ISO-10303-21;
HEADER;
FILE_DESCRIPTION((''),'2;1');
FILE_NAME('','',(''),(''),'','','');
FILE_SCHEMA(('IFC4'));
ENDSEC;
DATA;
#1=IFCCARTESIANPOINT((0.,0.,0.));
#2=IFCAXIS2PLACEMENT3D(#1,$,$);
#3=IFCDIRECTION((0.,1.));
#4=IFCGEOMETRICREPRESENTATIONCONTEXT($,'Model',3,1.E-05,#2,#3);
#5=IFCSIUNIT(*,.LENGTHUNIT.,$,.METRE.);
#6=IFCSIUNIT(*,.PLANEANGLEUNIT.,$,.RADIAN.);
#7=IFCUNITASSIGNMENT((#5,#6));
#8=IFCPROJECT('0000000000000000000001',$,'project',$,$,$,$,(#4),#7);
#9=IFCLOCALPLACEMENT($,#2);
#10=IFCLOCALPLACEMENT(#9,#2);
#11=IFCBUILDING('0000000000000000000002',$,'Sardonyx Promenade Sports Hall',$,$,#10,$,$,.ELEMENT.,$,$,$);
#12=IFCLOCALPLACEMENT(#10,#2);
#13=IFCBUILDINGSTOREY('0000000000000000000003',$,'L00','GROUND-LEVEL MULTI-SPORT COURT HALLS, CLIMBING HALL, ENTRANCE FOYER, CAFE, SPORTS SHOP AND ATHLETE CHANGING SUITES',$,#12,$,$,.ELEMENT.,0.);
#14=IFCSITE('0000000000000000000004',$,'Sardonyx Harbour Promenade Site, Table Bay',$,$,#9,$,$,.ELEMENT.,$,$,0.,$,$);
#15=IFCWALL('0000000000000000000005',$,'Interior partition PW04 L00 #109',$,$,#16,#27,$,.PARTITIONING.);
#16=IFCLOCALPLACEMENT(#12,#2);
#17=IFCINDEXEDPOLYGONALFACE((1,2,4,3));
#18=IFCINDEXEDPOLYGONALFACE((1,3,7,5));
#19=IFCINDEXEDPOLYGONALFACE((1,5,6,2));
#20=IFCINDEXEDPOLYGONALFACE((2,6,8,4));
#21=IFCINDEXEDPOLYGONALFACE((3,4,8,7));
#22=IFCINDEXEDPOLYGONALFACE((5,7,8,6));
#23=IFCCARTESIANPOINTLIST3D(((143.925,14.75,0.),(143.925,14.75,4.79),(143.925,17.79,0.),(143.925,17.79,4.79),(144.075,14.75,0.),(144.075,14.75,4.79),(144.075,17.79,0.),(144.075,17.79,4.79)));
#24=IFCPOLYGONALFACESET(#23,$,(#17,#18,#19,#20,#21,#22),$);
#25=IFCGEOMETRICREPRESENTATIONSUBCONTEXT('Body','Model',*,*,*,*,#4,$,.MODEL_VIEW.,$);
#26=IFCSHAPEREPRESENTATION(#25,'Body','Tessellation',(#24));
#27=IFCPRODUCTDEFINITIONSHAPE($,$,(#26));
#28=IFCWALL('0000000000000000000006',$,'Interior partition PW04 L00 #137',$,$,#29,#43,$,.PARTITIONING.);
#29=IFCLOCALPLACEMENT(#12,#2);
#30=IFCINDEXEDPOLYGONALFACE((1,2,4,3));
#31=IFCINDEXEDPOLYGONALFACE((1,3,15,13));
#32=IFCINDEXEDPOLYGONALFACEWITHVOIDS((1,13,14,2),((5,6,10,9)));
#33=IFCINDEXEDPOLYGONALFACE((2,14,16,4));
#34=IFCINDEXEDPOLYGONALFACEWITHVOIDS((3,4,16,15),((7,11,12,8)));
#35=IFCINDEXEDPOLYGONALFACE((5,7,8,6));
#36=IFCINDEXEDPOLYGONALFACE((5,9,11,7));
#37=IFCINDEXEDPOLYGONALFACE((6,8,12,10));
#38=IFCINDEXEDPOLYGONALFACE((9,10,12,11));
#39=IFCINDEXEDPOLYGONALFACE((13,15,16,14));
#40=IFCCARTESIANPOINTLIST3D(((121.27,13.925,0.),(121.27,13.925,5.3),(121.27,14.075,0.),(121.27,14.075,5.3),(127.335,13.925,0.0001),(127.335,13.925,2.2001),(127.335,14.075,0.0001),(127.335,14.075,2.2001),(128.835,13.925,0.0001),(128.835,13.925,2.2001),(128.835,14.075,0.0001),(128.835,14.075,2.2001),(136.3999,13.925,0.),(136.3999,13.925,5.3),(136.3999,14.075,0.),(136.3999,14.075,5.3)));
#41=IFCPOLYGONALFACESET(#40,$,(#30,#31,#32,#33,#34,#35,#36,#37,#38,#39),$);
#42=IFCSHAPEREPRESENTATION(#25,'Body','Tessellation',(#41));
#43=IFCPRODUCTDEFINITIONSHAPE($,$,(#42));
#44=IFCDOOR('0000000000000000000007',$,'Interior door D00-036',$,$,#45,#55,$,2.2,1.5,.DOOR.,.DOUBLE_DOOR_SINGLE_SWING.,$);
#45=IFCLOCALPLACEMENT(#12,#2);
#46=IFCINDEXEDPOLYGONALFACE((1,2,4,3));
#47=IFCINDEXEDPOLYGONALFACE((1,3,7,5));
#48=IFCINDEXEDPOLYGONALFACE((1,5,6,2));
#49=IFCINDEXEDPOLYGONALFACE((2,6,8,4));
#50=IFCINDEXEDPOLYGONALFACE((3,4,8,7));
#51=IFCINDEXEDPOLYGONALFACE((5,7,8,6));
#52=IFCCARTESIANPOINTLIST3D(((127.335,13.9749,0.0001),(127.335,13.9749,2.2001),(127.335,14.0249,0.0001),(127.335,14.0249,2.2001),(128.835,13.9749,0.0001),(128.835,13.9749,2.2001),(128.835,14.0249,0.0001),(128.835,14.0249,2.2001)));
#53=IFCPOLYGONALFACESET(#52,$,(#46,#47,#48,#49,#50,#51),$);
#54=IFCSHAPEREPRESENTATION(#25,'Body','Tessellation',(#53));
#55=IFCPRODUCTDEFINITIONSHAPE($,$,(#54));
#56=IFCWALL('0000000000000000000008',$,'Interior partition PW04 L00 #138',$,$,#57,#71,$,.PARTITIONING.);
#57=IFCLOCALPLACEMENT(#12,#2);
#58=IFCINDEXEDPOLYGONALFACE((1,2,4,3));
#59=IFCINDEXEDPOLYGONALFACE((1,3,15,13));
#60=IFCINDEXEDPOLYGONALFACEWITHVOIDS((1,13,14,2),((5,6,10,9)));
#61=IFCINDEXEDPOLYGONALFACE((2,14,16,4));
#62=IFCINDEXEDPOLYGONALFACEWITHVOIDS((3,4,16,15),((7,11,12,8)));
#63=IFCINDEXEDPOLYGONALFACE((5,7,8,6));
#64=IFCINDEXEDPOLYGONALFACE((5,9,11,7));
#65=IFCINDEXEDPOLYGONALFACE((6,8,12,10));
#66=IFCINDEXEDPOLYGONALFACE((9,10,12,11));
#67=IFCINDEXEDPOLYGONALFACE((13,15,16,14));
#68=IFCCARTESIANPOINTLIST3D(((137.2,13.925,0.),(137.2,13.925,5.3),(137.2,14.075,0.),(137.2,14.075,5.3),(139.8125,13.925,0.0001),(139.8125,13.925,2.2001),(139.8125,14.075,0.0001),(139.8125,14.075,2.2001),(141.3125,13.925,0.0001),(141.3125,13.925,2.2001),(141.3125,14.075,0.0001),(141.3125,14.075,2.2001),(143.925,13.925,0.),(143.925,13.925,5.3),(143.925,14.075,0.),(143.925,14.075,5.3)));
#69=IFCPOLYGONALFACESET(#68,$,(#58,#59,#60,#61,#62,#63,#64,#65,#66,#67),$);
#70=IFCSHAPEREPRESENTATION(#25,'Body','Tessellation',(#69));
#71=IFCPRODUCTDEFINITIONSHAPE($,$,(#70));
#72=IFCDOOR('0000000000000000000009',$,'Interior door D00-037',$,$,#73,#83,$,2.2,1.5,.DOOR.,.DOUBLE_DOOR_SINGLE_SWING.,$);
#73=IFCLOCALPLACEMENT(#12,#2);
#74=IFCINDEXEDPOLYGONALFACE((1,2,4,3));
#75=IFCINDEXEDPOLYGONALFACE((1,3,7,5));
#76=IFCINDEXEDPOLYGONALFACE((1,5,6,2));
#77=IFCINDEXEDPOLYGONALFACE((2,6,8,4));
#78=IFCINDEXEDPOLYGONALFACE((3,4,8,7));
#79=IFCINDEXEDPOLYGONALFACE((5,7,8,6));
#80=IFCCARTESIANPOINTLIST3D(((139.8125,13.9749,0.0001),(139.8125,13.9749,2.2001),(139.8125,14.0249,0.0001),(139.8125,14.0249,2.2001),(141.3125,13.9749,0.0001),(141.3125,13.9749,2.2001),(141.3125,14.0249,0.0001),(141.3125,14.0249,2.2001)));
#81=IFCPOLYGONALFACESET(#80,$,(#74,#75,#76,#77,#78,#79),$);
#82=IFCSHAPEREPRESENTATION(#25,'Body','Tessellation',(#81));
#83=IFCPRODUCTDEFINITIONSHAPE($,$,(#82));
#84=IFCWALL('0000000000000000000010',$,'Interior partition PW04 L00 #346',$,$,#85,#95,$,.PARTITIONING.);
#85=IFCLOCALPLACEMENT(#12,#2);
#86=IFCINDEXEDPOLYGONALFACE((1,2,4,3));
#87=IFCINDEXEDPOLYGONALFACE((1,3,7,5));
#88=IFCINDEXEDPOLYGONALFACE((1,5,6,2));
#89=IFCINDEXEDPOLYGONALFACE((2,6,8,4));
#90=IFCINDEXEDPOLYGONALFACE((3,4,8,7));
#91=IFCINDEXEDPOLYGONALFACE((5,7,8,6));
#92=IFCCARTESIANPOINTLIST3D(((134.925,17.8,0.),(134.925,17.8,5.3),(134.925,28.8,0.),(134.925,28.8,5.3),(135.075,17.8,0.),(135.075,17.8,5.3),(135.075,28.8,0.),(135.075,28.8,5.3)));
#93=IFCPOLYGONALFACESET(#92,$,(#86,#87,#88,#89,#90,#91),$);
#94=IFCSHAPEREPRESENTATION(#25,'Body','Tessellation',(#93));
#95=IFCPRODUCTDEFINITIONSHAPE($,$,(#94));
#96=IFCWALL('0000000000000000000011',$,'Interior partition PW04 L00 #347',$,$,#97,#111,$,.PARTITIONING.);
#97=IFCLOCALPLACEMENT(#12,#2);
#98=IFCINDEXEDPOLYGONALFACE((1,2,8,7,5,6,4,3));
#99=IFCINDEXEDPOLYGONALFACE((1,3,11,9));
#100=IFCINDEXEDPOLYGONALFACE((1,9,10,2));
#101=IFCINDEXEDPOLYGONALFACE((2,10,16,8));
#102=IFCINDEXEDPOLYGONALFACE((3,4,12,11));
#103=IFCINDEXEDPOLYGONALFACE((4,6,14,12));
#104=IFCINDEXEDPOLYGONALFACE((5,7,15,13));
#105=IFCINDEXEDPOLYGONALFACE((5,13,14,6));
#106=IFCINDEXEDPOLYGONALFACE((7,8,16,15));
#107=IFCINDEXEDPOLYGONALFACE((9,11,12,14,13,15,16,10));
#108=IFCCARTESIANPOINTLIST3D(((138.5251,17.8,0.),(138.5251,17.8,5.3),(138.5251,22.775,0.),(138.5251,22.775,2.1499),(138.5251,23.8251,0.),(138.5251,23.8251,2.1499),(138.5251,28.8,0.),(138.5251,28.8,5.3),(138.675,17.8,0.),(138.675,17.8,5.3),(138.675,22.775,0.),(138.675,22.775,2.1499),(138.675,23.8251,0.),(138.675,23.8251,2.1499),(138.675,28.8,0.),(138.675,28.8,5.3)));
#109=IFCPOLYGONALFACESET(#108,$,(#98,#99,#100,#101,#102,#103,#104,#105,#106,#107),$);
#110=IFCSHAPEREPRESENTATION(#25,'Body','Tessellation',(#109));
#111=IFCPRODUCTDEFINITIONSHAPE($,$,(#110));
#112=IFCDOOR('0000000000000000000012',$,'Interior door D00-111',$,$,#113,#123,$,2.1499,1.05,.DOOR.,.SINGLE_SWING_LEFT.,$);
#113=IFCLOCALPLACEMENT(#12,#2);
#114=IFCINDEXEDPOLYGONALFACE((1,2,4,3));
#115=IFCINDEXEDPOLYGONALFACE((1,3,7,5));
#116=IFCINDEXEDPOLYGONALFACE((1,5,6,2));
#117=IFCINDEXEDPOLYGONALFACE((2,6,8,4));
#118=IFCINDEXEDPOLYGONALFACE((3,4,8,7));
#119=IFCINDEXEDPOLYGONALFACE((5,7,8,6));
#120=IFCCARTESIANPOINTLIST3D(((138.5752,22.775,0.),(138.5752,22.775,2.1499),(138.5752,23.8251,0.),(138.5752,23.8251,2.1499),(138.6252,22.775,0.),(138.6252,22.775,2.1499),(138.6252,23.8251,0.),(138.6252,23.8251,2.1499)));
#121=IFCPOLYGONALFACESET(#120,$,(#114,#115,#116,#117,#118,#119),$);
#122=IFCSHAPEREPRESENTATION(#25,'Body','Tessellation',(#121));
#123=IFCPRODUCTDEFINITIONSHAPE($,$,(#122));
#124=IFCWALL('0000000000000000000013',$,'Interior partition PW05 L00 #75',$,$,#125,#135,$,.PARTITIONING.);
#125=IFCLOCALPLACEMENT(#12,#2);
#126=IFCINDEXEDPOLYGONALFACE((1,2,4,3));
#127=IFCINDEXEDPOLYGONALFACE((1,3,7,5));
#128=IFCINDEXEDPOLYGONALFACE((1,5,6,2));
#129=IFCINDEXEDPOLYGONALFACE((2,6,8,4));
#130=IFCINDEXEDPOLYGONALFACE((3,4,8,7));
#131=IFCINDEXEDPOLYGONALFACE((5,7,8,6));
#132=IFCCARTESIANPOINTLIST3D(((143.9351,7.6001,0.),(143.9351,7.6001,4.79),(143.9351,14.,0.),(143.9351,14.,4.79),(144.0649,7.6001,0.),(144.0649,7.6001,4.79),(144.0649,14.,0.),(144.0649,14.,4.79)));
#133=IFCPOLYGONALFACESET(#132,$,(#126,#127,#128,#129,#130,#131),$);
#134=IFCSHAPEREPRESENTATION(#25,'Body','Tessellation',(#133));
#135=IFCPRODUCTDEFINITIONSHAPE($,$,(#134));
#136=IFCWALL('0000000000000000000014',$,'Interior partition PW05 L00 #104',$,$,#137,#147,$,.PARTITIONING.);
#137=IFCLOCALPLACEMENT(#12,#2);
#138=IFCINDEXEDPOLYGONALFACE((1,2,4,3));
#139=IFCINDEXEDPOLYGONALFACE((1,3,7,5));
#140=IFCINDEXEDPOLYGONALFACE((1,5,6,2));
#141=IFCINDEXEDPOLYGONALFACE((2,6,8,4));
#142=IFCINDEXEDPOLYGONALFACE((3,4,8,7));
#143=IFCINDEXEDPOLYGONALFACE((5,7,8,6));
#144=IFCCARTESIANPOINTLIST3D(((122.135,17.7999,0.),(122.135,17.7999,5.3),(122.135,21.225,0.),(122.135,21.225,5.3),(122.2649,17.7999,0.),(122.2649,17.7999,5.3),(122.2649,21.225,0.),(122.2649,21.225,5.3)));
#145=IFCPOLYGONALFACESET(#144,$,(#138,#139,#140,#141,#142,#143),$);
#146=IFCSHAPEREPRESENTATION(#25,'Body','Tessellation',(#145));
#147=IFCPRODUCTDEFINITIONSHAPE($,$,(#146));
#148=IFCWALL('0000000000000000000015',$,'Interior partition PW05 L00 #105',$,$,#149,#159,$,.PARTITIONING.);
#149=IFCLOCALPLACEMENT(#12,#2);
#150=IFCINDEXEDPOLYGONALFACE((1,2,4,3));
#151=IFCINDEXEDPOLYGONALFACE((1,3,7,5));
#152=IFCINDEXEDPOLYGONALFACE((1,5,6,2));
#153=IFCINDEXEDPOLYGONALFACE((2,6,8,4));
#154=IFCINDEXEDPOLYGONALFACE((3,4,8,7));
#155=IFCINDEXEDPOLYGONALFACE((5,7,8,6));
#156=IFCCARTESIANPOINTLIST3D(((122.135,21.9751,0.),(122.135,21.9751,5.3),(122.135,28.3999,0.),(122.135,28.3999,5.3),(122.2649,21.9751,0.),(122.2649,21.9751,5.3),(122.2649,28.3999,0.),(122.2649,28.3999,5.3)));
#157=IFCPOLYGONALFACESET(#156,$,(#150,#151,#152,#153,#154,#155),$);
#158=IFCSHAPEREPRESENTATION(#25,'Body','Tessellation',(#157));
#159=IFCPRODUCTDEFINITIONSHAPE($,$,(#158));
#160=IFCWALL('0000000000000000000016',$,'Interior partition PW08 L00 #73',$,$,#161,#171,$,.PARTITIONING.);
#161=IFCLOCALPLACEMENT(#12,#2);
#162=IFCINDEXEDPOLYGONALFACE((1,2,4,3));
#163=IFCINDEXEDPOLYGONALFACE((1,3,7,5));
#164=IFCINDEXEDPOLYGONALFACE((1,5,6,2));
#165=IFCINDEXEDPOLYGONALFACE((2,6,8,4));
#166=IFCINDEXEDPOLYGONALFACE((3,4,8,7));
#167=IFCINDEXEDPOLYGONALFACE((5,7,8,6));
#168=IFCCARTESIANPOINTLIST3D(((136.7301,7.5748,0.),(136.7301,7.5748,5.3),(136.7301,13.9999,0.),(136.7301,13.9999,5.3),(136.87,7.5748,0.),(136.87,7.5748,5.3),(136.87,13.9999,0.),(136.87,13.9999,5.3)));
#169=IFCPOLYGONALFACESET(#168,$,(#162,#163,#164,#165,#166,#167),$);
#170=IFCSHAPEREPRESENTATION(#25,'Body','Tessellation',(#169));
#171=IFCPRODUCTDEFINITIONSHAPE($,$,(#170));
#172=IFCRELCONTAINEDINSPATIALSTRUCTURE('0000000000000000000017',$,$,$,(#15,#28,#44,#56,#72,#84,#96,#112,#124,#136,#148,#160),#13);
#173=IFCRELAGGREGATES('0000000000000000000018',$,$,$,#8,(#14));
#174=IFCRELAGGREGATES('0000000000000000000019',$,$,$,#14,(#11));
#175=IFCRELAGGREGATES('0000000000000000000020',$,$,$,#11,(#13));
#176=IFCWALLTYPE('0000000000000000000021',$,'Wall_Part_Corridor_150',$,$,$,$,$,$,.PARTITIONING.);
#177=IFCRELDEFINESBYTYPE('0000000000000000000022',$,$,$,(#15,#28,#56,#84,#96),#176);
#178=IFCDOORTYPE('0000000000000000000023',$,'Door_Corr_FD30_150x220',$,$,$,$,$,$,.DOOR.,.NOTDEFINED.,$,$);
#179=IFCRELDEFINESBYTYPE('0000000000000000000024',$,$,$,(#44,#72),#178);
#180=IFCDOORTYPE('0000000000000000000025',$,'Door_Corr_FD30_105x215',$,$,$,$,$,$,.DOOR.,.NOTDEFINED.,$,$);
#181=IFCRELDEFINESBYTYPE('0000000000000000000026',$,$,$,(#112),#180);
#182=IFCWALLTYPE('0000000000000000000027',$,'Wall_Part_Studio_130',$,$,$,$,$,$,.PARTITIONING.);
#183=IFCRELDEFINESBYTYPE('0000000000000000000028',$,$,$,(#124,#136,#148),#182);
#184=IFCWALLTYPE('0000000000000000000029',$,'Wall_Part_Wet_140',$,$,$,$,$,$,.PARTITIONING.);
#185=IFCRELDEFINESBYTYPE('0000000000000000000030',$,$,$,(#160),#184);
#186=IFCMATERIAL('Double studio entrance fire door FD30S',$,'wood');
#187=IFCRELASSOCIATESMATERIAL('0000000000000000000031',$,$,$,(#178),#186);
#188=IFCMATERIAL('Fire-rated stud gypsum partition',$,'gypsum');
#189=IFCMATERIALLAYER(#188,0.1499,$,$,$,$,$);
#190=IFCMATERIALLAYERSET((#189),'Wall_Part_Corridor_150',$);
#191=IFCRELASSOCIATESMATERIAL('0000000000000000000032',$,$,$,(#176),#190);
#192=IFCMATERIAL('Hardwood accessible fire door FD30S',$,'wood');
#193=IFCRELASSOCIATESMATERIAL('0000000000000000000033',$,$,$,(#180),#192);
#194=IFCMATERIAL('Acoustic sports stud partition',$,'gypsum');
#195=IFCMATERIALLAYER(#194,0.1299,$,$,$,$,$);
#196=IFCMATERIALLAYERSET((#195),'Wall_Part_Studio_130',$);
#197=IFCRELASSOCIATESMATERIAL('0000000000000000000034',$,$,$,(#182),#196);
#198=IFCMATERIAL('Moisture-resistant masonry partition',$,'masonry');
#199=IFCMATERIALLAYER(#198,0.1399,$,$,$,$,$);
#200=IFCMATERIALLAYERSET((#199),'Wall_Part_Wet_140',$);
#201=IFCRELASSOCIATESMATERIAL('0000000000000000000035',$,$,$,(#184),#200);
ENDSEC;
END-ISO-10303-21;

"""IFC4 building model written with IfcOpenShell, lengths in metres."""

from ifc_helpers import new_model, si_unit, direction, frame, frame_2d, origin, place, context, subcontext, project, spatial, rectangle, extrude, material, layer, layer_set, type_object, element, fill, save


model = new_model("IFC4")

# Units and contexts
model_context = context("Model", 3, precision=1e-05, world=origin(), true_north=direction((0.0, 1.0)))
body_context = subcontext(model_context, "Body", "Model", "MODEL_VIEW")
ifc_project = project(units=[si_unit("LENGTHUNIT", "METRE"), si_unit("PLANEANGLEUNIT", "RADIAN")], contexts=[model_context])

# Site, building, storey
site_placement = place(None, origin())
site = spatial("IfcSite", under=ifc_project, at=site_placement, Name="Sardonyx Harbour Promenade Site, Table Bay", CompositionType="ELEMENT", RefElevation=0.0)
building_placement = place(site_placement, origin())
building = spatial("IfcBuilding", under=site, at=building_placement, Name="Sardonyx Promenade Sports Hall", CompositionType="ELEMENT")
storey_placement = place(building_placement, origin())
storey = spatial("IfcBuildingStorey", under=building, at=storey_placement, Name="L00", Description="GROUND-LEVEL MULTI-SPORT COURT HALLS, CLIMBING HALL, ENTRANCE FOYER, CAFE, SPORTS SHOP AND ATHLETE CHANGING SUITES", CompositionType="ELEMENT", Elevation=0.0)

# Shared definitions
ifc_material_1 = material(Name="Double studio entrance fire door FD30S", Category="wood")
door_type_1 = type_object("IfcDoorType", Name="Door_Corr_FD30_150x220", OperationType="NOTDEFINED", PredefinedType="DOOR", material=ifc_material_1)

# Wall
ifc_material_2 = material(Name="Fire-rated stud gypsum partition", Category="gypsum")
ifc_layer_1 = layer(ifc_material_2, 0.1499)
ifc_layer_set_1 = layer_set([ifc_layer_1], Name="Wall_Part_Corridor_150")
wall_type_1 = type_object("IfcWallType", Name="Wall_Part_Corridor_150", PredefinedType="PARTITIONING", material=ifc_layer_set_1)
wall_1_placement = place(storey_placement, frame((144.0, 14.75, 0.0), z_axis=(0.0, 0.0, 1.0), x_axis=(0.0, 1.0, 0.0)))
element("IfcWall", 1, at=wall_1_placement, inside=storey, type_object=wall_type_1, Name="Interior partition PW04 L00 #109", PredefinedType="PARTITIONING", context=body_context, shape_type="SweptSolid", body=[
    extrude(rectangle(XDim=3.04, YDim=0.1499, at=frame_2d((1.52, 0.0))), origin(), (0.0, 0.0, 1.0), 4.79),
])

# Walls, openings, doors
wall_2_placement = place(storey_placement, frame((121.27, 14.0, 0.0), z_axis=(0.0, 0.0, 1.0), x_axis=(1.0, 0.0, 0.0)))
wall_2 = element("IfcWall", 2, at=wall_2_placement, inside=storey, type_object=wall_type_1, Name="Interior partition PW04 L00 #137", PredefinedType="PARTITIONING", context=body_context, shape_type="SweptSolid", body=[
    extrude(rectangle(XDim=15.1299, YDim=0.1499, at=frame_2d((7.5649, 0.0))), origin(), (0.0, 0.0, 1.0), 5.3),
])
opening_1_placement = place(wall_2_placement, frame((6.0649, 0.0, 0.0)))
opening_1 = element("IfcOpeningElement", 3, at=opening_1_placement, cuts=wall_2, PredefinedType="OPENING", context=body_context, shape_type="SweptSolid", body=[
    extrude(rectangle(XDim=1.5, YDim=2.2, at=frame_2d((0.75, 1.1001))), frame((0.0, 0.085, 0.0), z_axis=(0.0, -1.0, 0.0), x_axis=(1.0, 0.0, 0.0)), (0.0, 0.0, 1.0), 0.17),
])
door_1_placement = place(opening_1_placement, origin())
door_1 = element("IfcDoor", 4, at=door_1_placement, inside=storey, type_object=door_type_1, Name="Interior door D00-036", OperationType="DOUBLE_DOOR_SINGLE_SWING", OverallHeight=2.2, OverallWidth=1.5, PredefinedType="DOOR", context=body_context, shape_type="SweptSolid", body=[
    extrude(rectangle(XDim=1.5, YDim=2.2, at=frame_2d((0.75, 1.1001))), frame((0.0, 0.0249, 0.0), z_axis=(0.0, -1.0, 0.0), x_axis=(1.0, 0.0, 0.0)), (0.0, 0.0, 1.0), 0.05),
])
fill(opening_1, door_1)
wall_3_placement = place(storey_placement, frame((137.2, 14.0, 0.0), z_axis=(0.0, 0.0, 1.0), x_axis=(1.0, 0.0, 0.0)))
wall_3 = element("IfcWall", 5, at=wall_3_placement, inside=storey, type_object=wall_type_1, Name="Interior partition PW04 L00 #138", PredefinedType="PARTITIONING", context=body_context, shape_type="SweptSolid", body=[
    extrude(rectangle(XDim=6.7251, YDim=0.1499, at=frame_2d((3.3625, 0.0))), origin(), (0.0, 0.0, 1.0), 5.3),
])
opening_2_placement = place(wall_3_placement, frame((2.6125, 0.0, 0.0)))
opening_2 = element("IfcOpeningElement", 6, at=opening_2_placement, cuts=wall_3, PredefinedType="OPENING", context=body_context, shape_type="SweptSolid", body=[
    extrude(rectangle(XDim=1.5, YDim=2.2, at=frame_2d((0.75, 1.1001))), frame((0.0, 0.085, 0.0), z_axis=(0.0, -1.0, 0.0), x_axis=(1.0, 0.0, 0.0)), (0.0, 0.0, 1.0), 0.17),
])
door_2_placement = place(opening_2_placement, origin())
door_2 = element("IfcDoor", 7, at=door_2_placement, inside=storey, type_object=door_type_1, Name="Interior door D00-037", OperationType="DOUBLE_DOOR_SINGLE_SWING", OverallHeight=2.2, OverallWidth=1.5, PredefinedType="DOOR", context=body_context, shape_type="SweptSolid", body=[
    extrude(rectangle(XDim=1.5, YDim=2.2, at=frame_2d((0.75, 1.1001))), frame((0.0, 0.0249, 0.0), z_axis=(0.0, -1.0, 0.0), x_axis=(1.0, 0.0, 0.0)), (0.0, 0.0, 1.0), 0.05),
])
fill(opening_2, door_2)

# Wall
wall_4_placement = place(storey_placement, frame((135.0, 17.8, 0.0), z_axis=(0.0, 0.0, 1.0), x_axis=(0.0, 1.0, 0.0)))
element("IfcWall", 8, at=wall_4_placement, inside=storey, type_object=wall_type_1, Name="Interior partition PW04 L00 #346", PredefinedType="PARTITIONING", context=body_context, shape_type="SweptSolid", body=[
    extrude(rectangle(XDim=11.0, YDim=0.1499, at=frame_2d((5.5, 0.0))), origin(), (0.0, 0.0, 1.0), 5.3),
])

# Wall, opening, door
wall_5_placement = place(storey_placement, frame((138.6001, 17.8, 0.0), z_axis=(0.0, 0.0, 1.0), x_axis=(0.0, 1.0, 0.0)))
wall_5 = element("IfcWall", 9, at=wall_5_placement, inside=storey, type_object=wall_type_1, Name="Interior partition PW04 L00 #347", PredefinedType="PARTITIONING", context=body_context, shape_type="SweptSolid", body=[
    extrude(rectangle(XDim=11.0, YDim=0.1499, at=frame_2d((5.5, 0.0))), origin(), (0.0, 0.0, 1.0), 5.3),
])
opening_3_placement = place(wall_5_placement, frame((4.9751, 0.0, 0.0)))
opening_3 = element("IfcOpeningElement", 10, at=opening_3_placement, cuts=wall_5, PredefinedType="OPENING", context=body_context, shape_type="SweptSolid", body=[
    extrude(rectangle(XDim=1.05, YDim=2.1499, at=frame_2d((0.5249, 1.075))), frame((0.0, 0.085, 0.0), z_axis=(0.0, -1.0, 0.0), x_axis=(1.0, 0.0, 0.0)), (0.0, 0.0, 1.0), 0.17),
])
ifc_material_3 = material(Name="Hardwood accessible fire door FD30S", Category="wood")
door_type_2 = type_object("IfcDoorType", Name="Door_Corr_FD30_105x215", OperationType="NOTDEFINED", PredefinedType="DOOR", material=ifc_material_3)
door_3_placement = place(opening_3_placement, origin())
door_3 = element("IfcDoor", 11, at=door_3_placement, inside=storey, type_object=door_type_2, Name="Interior door D00-111", OperationType="SINGLE_SWING_LEFT", OverallHeight=2.1499, OverallWidth=1.05, PredefinedType="DOOR", context=body_context, shape_type="SweptSolid", body=[
    extrude(rectangle(XDim=1.05, YDim=2.1499, at=frame_2d((0.5249, 1.075))), frame((0.0, 0.0249, 0.0), z_axis=(0.0, -1.0, 0.0), x_axis=(1.0, 0.0, 0.0)), (0.0, 0.0, 1.0), 0.05),
])
fill(opening_3, door_3)

# Walls
ifc_material_4 = material(Name="Acoustic sports stud partition", Category="gypsum")
ifc_layer_2 = layer(ifc_material_4, 0.1299)
ifc_layer_set_2 = layer_set([ifc_layer_2], Name="Wall_Part_Studio_130")
wall_type_2 = type_object("IfcWallType", Name="Wall_Part_Studio_130", PredefinedType="PARTITIONING", material=ifc_layer_set_2)
wall_6_placement = place(storey_placement, frame((144.0, 7.6001, 0.0), z_axis=(0.0, 0.0, 1.0), x_axis=(0.0, 1.0, 0.0)))
element("IfcWall", 12, at=wall_6_placement, inside=storey, type_object=wall_type_2, Name="Interior partition PW05 L00 #75", PredefinedType="PARTITIONING", context=body_context, shape_type="SweptSolid", body=[
    extrude(rectangle(XDim=6.3999, YDim=0.1299, at=frame_2d((3.2, 0.0))), origin(), (0.0, 0.0, 1.0), 4.79),
])
wall_7_placement = place(storey_placement, frame((122.2, 17.8, 0.0), z_axis=(0.0, 0.0, 1.0), x_axis=(0.0, 1.0, 0.0)))
element("IfcWall", 13, at=wall_7_placement, inside=storey, type_object=wall_type_2, Name="Interior partition PW05 L00 #104", PredefinedType="PARTITIONING", context=body_context, shape_type="SweptSolid", body=[
    extrude(rectangle(XDim=3.425, YDim=0.1299, at=frame_2d((1.7124, 0.0))), origin(), (0.0, 0.0, 1.0), 5.3),
])
wall_8_placement = place(storey_placement, frame((122.2, 21.9751, 0.0), z_axis=(0.0, 0.0, 1.0), x_axis=(0.0, 1.0, 0.0)))
element("IfcWall", 14, at=wall_8_placement, inside=storey, type_object=wall_type_2, Name="Interior partition PW05 L00 #105", PredefinedType="PARTITIONING", context=body_context, shape_type="SweptSolid", body=[
    extrude(rectangle(XDim=6.4248, YDim=0.1299, at=frame_2d((3.2124, 0.0))), origin(), (0.0, 0.0, 1.0), 5.3),
])
ifc_material_5 = material(Name="Moisture-resistant masonry partition", Category="masonry")
ifc_layer_3 = layer(ifc_material_5, 0.1399)
ifc_layer_set_3 = layer_set([ifc_layer_3], Name="Wall_Part_Wet_140")
wall_type_3 = type_object("IfcWallType", Name="Wall_Part_Wet_140", PredefinedType="PARTITIONING", material=ifc_layer_set_3)
wall_9_placement = place(storey_placement, frame((136.8, 7.575, 0.0), z_axis=(0.0, 0.0, 1.0), x_axis=(0.0, 1.0, 0.0)))
element("IfcWall", 15, at=wall_9_placement, inside=storey, type_object=wall_type_3, Name="Interior partition PW08 L00 #73", PredefinedType="PARTITIONING", context=body_context, shape_type="SweptSolid", body=[
    extrude(rectangle(XDim=6.425, YDim=0.1399, at=frame_2d((3.2124, 0.0))), origin(), (0.0, 0.0, 1.0), 5.3),
])

save(model, "model.ifc")
